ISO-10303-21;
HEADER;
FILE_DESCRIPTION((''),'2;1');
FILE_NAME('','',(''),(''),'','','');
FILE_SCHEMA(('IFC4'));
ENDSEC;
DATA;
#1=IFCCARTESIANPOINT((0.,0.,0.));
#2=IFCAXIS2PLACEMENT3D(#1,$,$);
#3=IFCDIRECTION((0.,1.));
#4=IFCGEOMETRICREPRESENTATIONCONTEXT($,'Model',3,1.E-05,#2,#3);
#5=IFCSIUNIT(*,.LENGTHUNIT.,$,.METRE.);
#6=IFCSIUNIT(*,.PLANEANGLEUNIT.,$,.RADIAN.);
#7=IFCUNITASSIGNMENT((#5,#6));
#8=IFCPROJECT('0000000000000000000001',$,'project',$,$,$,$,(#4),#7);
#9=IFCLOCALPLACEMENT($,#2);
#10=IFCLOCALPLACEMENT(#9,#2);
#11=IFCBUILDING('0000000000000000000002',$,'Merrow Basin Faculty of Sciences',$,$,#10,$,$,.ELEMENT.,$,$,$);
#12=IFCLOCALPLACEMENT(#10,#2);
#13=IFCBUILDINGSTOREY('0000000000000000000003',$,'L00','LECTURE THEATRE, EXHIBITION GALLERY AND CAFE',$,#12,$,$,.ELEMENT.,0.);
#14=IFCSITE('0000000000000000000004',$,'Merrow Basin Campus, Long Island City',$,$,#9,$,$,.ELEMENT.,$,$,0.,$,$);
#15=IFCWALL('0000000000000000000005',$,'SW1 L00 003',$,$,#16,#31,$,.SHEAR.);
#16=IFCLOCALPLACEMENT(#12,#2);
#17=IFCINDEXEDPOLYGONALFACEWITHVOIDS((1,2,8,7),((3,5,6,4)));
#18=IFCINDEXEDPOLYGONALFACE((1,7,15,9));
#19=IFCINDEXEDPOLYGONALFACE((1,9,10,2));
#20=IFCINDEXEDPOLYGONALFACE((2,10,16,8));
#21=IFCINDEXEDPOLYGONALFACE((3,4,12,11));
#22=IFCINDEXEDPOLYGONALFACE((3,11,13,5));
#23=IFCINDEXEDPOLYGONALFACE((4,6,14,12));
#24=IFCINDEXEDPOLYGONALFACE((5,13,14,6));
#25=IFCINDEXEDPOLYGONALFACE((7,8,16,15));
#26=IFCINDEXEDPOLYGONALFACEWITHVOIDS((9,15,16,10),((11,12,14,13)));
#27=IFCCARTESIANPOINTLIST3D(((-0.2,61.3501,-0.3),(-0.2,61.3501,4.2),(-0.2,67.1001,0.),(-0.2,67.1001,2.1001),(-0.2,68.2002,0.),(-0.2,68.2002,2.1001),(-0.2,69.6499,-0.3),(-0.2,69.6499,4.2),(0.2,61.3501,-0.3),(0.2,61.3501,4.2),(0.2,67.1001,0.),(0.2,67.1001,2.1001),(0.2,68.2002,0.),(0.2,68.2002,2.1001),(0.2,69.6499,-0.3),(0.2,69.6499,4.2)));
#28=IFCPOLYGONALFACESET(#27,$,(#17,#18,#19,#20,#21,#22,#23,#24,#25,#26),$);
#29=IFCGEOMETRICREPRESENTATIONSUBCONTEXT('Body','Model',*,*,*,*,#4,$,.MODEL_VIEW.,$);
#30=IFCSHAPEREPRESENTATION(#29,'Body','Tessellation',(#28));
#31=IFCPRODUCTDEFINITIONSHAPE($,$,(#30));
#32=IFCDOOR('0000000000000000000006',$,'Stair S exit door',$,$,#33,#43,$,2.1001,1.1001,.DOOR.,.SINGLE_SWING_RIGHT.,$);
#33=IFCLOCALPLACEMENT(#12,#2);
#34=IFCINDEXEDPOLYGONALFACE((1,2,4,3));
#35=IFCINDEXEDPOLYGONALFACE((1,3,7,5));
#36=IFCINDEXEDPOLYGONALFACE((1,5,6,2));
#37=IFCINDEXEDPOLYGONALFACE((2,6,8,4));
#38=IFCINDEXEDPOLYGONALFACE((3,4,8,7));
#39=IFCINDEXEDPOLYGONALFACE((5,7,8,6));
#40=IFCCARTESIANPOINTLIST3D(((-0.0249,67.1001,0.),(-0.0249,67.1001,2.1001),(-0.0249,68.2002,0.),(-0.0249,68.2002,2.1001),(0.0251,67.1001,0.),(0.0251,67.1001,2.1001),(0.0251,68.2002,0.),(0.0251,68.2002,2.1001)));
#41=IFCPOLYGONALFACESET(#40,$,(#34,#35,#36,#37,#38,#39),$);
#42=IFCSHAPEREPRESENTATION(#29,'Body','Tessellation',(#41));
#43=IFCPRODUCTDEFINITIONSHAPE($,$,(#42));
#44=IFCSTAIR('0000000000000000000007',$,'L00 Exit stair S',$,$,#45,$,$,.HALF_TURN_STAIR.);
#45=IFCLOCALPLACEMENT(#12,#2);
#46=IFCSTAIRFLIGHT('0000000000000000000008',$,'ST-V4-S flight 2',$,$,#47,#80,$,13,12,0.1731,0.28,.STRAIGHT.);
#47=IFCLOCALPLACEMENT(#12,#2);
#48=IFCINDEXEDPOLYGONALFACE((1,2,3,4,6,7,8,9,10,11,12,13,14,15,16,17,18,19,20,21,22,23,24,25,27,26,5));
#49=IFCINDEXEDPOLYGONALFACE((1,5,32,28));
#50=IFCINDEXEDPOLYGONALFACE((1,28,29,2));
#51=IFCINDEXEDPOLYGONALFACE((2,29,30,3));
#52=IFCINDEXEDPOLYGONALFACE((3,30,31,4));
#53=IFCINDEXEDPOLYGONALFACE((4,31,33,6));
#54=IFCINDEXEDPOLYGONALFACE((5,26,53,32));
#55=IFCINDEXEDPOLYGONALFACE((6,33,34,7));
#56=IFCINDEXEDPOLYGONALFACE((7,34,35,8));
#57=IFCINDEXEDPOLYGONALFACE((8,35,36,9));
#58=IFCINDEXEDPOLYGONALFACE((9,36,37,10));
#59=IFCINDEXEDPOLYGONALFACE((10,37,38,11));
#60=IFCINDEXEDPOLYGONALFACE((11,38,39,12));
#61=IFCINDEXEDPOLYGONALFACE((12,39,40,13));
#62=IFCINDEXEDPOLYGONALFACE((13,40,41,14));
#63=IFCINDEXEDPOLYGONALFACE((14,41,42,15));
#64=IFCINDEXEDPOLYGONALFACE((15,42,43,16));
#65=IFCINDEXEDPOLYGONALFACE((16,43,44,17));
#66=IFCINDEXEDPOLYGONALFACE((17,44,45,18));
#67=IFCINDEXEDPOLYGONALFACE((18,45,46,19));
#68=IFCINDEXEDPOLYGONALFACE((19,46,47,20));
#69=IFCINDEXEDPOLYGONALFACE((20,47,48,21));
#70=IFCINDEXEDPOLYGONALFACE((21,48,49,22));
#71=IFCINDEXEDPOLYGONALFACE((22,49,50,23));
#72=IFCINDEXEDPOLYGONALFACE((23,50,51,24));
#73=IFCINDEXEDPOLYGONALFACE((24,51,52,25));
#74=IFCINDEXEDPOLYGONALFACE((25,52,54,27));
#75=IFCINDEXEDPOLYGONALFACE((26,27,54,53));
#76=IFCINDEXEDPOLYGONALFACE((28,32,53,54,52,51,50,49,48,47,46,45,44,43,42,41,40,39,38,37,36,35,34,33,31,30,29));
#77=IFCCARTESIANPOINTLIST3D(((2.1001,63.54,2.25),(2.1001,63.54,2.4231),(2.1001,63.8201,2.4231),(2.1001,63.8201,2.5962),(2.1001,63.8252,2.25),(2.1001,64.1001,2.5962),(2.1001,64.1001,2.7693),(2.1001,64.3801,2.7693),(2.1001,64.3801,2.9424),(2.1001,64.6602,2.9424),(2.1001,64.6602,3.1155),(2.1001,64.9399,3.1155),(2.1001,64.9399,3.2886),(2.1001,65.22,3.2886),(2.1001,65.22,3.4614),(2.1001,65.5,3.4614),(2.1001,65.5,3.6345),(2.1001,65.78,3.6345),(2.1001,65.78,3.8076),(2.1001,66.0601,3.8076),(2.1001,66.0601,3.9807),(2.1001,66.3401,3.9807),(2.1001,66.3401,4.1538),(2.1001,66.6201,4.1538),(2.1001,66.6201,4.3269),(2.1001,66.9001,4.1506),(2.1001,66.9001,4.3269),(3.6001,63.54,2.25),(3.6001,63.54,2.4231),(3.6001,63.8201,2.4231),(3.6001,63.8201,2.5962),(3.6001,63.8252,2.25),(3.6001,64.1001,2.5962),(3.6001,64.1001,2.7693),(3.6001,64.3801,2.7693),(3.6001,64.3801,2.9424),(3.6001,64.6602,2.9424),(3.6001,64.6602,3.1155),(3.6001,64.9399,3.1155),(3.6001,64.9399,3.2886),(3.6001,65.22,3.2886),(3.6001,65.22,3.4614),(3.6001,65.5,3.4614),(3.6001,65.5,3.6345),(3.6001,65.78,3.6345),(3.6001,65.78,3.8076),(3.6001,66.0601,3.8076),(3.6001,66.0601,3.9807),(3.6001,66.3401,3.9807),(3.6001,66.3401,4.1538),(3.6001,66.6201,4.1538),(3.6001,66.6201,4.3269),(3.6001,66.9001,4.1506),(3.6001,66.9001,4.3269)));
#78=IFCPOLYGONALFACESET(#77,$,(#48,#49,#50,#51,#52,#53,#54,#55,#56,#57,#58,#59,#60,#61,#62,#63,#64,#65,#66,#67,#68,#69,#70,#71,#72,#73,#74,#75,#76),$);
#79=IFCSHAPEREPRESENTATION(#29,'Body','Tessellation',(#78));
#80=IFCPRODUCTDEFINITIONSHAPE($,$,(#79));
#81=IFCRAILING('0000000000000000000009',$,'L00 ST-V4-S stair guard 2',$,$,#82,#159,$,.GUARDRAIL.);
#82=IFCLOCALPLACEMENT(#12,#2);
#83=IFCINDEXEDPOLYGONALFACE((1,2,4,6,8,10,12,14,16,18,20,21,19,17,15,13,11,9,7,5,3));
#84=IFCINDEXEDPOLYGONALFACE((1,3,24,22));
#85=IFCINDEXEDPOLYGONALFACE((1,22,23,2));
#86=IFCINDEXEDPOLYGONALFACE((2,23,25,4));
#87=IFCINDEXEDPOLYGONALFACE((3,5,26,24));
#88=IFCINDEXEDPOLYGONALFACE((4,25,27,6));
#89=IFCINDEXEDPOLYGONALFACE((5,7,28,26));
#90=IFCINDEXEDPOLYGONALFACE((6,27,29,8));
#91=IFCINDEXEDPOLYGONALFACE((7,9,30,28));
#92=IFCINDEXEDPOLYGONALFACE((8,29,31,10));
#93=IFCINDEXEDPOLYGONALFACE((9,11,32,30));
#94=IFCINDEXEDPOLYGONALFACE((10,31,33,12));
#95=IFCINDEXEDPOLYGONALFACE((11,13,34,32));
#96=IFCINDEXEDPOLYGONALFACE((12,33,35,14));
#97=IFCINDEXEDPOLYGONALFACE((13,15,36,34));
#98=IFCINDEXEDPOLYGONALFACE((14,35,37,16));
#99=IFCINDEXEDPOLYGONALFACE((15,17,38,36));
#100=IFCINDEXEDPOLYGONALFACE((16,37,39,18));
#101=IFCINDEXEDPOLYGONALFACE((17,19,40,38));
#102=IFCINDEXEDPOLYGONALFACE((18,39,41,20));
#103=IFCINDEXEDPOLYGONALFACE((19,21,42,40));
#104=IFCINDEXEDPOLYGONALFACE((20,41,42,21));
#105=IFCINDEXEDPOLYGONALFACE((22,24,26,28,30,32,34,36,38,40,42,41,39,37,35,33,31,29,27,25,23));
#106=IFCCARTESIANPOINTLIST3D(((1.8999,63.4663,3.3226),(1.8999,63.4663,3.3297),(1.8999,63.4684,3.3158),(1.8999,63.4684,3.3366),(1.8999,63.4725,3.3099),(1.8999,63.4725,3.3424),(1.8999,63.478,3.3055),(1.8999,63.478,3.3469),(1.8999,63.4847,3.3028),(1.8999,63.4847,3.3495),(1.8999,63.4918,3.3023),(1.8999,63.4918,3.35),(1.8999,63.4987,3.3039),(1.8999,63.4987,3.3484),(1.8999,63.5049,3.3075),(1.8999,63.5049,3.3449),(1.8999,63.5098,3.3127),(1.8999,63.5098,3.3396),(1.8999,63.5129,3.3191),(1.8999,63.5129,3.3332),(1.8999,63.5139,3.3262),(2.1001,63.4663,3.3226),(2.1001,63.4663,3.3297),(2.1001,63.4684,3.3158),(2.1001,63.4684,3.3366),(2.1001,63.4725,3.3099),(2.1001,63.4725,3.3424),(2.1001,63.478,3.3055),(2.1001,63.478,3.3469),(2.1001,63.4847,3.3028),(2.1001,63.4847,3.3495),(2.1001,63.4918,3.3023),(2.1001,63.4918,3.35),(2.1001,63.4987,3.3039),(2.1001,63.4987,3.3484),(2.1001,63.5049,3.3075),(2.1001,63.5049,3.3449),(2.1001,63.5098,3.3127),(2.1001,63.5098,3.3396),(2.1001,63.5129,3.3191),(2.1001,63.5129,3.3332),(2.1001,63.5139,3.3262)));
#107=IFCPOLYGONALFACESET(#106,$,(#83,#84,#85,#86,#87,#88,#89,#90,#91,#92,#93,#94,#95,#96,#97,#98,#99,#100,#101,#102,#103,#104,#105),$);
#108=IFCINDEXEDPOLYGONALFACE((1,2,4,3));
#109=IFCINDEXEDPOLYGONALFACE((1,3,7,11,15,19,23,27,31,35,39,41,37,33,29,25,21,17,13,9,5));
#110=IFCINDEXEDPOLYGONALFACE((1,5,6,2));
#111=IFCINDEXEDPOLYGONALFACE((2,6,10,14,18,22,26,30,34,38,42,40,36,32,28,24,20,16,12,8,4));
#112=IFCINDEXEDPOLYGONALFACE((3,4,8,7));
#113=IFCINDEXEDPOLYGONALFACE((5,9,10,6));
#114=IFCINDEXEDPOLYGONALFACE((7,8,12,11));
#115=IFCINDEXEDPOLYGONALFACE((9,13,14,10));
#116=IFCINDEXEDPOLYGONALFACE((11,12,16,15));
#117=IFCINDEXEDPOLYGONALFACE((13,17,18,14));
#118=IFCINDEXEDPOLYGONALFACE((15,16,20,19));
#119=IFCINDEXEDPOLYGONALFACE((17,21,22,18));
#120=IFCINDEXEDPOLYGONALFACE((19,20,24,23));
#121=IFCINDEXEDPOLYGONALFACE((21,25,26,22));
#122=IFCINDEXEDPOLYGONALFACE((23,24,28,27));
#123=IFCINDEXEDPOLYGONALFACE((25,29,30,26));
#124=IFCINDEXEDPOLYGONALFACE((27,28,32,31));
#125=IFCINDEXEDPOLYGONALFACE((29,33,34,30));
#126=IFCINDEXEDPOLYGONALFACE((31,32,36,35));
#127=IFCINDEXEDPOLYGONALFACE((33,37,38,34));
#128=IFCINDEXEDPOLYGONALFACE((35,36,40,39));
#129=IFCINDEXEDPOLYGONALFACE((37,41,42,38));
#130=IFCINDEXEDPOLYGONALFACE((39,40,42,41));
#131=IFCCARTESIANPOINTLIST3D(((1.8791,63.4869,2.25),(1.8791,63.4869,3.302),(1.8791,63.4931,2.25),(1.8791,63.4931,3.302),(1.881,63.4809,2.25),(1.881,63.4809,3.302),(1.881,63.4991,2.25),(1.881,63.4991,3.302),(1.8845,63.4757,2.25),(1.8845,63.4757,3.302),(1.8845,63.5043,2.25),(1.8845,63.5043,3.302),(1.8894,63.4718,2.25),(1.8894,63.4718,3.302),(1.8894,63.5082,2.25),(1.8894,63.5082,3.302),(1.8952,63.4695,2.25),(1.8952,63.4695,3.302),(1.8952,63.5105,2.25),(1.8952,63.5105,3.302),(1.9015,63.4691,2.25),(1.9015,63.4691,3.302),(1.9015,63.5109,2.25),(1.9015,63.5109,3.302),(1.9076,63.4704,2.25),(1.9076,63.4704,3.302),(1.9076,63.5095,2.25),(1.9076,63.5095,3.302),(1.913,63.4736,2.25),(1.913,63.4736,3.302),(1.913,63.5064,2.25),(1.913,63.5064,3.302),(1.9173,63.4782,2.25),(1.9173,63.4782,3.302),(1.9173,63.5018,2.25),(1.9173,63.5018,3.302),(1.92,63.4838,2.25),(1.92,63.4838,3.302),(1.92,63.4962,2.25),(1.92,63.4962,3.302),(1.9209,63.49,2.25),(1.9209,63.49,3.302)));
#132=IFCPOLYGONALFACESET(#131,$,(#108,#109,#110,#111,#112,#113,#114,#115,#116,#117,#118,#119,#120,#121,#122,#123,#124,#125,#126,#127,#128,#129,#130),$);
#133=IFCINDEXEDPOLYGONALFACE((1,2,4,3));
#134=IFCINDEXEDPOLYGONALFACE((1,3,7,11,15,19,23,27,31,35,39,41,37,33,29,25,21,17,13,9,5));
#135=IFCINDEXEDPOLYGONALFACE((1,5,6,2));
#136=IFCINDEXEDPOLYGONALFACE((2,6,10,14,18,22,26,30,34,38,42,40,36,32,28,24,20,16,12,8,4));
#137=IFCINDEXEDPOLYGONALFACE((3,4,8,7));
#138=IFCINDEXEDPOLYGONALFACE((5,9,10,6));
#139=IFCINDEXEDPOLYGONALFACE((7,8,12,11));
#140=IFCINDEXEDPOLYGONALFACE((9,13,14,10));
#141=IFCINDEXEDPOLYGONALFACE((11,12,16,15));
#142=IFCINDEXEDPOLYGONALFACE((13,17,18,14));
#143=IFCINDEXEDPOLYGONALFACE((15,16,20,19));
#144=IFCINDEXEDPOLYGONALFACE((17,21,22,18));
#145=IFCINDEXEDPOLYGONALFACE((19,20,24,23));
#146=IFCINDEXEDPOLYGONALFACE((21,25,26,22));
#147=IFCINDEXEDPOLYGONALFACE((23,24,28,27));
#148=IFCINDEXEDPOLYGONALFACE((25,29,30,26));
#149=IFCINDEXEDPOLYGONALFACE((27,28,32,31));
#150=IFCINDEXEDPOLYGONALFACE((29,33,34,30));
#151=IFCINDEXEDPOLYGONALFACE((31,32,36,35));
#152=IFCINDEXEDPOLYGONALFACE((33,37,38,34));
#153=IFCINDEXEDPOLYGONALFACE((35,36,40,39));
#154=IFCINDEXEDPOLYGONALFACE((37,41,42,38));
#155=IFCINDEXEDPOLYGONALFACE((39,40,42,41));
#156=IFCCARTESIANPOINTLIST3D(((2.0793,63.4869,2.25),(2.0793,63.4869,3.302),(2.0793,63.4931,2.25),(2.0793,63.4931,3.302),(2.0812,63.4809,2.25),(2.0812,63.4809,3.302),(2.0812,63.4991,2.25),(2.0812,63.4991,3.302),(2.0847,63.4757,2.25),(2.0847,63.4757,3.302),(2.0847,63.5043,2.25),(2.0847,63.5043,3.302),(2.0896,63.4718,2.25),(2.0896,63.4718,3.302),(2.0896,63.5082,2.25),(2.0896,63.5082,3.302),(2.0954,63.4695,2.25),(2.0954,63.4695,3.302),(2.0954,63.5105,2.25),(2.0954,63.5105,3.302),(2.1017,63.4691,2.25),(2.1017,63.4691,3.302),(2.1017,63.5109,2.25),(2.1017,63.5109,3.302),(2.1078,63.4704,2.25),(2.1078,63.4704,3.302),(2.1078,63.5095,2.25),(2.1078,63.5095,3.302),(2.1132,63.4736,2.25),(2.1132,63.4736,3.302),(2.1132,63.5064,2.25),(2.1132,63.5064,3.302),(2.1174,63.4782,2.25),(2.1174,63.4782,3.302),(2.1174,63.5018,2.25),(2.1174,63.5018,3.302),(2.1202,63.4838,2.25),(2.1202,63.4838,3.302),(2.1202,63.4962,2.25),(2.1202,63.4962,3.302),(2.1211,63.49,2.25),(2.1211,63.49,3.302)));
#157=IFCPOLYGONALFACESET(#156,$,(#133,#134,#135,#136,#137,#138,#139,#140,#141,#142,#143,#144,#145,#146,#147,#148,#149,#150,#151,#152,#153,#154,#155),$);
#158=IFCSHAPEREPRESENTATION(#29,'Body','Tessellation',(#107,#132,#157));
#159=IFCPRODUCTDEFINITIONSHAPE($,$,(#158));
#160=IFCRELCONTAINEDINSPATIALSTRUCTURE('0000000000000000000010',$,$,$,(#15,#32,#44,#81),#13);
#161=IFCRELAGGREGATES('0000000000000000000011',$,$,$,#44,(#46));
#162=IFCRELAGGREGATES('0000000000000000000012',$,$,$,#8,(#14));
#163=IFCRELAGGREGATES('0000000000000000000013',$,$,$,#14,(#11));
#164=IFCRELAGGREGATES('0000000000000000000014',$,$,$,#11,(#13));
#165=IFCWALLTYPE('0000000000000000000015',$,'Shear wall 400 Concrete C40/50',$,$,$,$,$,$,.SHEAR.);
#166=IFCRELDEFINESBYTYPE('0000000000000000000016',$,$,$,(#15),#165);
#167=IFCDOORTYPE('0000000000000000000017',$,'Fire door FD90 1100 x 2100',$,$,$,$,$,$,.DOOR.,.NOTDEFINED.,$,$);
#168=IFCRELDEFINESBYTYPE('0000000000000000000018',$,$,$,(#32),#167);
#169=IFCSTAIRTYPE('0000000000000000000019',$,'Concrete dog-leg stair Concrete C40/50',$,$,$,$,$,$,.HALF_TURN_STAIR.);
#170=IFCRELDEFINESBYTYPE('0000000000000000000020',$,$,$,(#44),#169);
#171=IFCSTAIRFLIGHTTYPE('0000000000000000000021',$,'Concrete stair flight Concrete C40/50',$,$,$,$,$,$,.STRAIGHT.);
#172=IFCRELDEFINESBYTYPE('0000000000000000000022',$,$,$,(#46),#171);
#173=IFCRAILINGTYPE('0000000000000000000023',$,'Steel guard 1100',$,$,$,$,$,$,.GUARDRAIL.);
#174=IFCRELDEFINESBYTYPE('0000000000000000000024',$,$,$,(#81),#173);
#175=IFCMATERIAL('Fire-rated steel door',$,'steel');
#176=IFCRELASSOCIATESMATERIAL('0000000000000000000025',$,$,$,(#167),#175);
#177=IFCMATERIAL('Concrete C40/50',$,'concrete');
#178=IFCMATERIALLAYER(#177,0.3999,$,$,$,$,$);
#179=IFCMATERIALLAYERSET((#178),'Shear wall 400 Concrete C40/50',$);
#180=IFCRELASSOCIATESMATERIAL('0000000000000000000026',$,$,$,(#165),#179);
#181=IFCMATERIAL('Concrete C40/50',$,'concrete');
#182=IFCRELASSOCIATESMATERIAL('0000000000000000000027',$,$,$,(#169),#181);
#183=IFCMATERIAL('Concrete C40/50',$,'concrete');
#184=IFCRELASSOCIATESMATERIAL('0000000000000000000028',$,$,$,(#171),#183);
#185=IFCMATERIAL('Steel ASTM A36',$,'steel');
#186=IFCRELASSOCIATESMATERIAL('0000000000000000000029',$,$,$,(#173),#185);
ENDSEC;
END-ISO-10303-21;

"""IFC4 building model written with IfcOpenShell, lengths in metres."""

from ifc_helpers import new_model, si_unit, direction, frame, frame_2d, origin, origin_2d, place, context, subcontext, project, spatial, polyline, rectangle, circle, outline, extrude, material, layer, layer_set, type_object, element, fill, aggregate, save


model = new_model("IFC4")

# Units and contexts
model_context = context("Model", 3, precision=1e-05, world=origin(), true_north=direction((0.0, 1.0)))
body_context = subcontext(model_context, "Body", "Model", "MODEL_VIEW")
ifc_project = project(units=[si_unit("LENGTHUNIT", "METRE"), si_unit("PLANEANGLEUNIT", "RADIAN")], contexts=[model_context])

# Site, building, storey
site_placement = place(None, origin())
site = spatial("IfcSite", under=ifc_project, at=site_placement, Name="Merrow Basin Campus, Long Island City", CompositionType="ELEMENT", RefElevation=0.0)
building_placement = place(site_placement, origin())
building = spatial("IfcBuilding", under=site, at=building_placement, Name="Merrow Basin Faculty of Sciences", CompositionType="ELEMENT")
storey_placement = place(building_placement, origin())
storey = spatial("IfcBuildingStorey", under=building, at=storey_placement, Name="L00", Description="LECTURE THEATRE, EXHIBITION GALLERY AND CAFE", CompositionType="ELEMENT", Elevation=0.0)

# Shared definitions
ifc_material_1 = material(Name="Fire-rated steel door", Category="steel")
door_type_1 = type_object("IfcDoorType", Name="Fire door FD90 1100 x 2100", OperationType="NOTDEFINED", PredefinedType="DOOR", material=ifc_material_1)

# Shared definitions
ifc_material_2 = material(Name="Concrete C40/50", Category="concrete")
ifc_layer_1 = layer(ifc_material_2, 0.3999)
ifc_layer_set_1 = layer_set([ifc_layer_1], Name="Shear wall 400 Concrete C40/50")
wall_type_1 = type_object("IfcWallType", Name="Shear wall 400 Concrete C40/50", PredefinedType="SHEAR", material=ifc_layer_set_1)

# Wall, opening, door
wall_1_placement = place(storey_placement, frame((0.0, 61.3501, -0.3), z_axis=(0.0, 0.0, 1.0), x_axis=(0.0, 1.0, 0.0)))
wall_1 = element("IfcWall", 1, at=wall_1_placement, inside=storey, type_object=wall_type_1, Name="SW1 L00 003", PredefinedType="SHEAR", context=body_context, shape_type="SweptSolid", body=[
    extrude(rectangle(XDim=8.2998, YDim=0.3999, at=frame_2d((4.1499, 0.0))), origin(), (0.0, 0.0, 1.0), 4.5),
])
opening_1_placement = place(wall_1_placement, frame((5.75, 0.0, 0.3)))
opening_1 = element("IfcOpeningElement", 2, at=opening_1_placement, cuts=wall_1, PredefinedType="OPENING", context=body_context, shape_type="SweptSolid", body=[
    extrude(rectangle(XDim=1.1001, YDim=2.1001, at=frame_2d((0.55, 1.05))), frame((0.0, 0.21, 0.0), z_axis=(0.0, -1.0, 0.0), x_axis=(1.0, 0.0, 0.0)), (0.0, 0.0, 1.0), 0.4199),
])
door_1_placement = place(opening_1_placement, origin())
door_1 = element("IfcDoor", 3, at=door_1_placement, inside=storey, type_object=door_type_1, Name="Stair S exit door", OperationType="SINGLE_SWING_RIGHT", OverallHeight=2.1001, OverallWidth=1.1001, PredefinedType="DOOR", context=body_context, shape_type="SweptSolid", body=[
    extrude(rectangle(XDim=1.1001, YDim=2.1001, at=frame_2d((0.55, 1.05))), frame((0.0, 0.0249, 0.0), z_axis=(0.0, -1.0, 0.0), x_axis=(1.0, 0.0, 0.0)), (0.0, 0.0, 1.0), 0.05),
])
fill(opening_1, door_1)

# Stair, stair flight
ifc_material_3 = material(Name="Concrete C40/50", Category="concrete")
stair_type = type_object("IfcStairType", Name="Concrete dog-leg stair Concrete C40/50", PredefinedType="HALF_TURN_STAIR", material=ifc_material_3)
stair_placement = place(storey_placement, origin())
stair = element("IfcStair", 4, at=stair_placement, inside=storey, type_object=stair_type, Name="L00 Exit stair S", PredefinedType="HALF_TURN_STAIR")
ifc_material_4 = material(Name="Concrete C40/50", Category="concrete")
stair_flight_type = type_object("IfcStairFlightType", Name="Concrete stair flight Concrete C40/50", PredefinedType="STRAIGHT", material=ifc_material_4)
stair_flight_placement = place(storey_placement, frame((2.8501, 63.54, 2.25), z_axis=(0.0, 0.0, 1.0), x_axis=(0.0, 1.0, 0.0)))
stair_flight = element("IfcStairFlight", 5, at=stair_flight_placement, type_object=stair_flight_type, Name="ST-V4-S flight 2", NumberOfRisers=13, NumberOfTreads=12, PredefinedType="STRAIGHT", RiserHeight=0.1731, TreadLength=0.28, context=body_context, shape_type="SweptSolid", body=[
    extrude(outline(polyline([(0.0, 0.0), (0.0, 0.1731), (0.28, 0.1731), (0.28, 0.3462), (0.5601, 0.3462), (0.5601, 0.5193), (0.8401, 0.5193), (0.8401, 0.6924), (1.1201, 0.6924), (1.1201, 0.8655), (1.3999, 0.8655), (1.3999, 1.0386), (1.6799, 1.0386), (1.6799, 1.2114), (1.96, 1.2114), (1.96, 1.3845), (2.24, 1.3845), (2.24, 1.5576), (2.52, 1.5576), (2.52, 1.7307), (2.8, 1.7307), (2.8, 1.9038), (3.0801, 1.9038), (3.0801, 2.0769), (3.3601, 2.0769), (3.3601, 2.25), (3.3601, 1.9006), (0.2852, 0.0), (0.0, 0.0)])), frame((0.0, 0.75, 0.0), z_axis=(0.0, -1.0, 0.0), x_axis=(1.0, 0.0, 0.0)), (0.0, 0.0, 1.0), 1.5),
])
aggregate(stair, [stair_flight])

# Railing
ifc_material_5 = material(Name="Steel ASTM A36", Category="steel")
railing_type_1 = type_object("IfcRailingType", Name="Steel guard 1100", PredefinedType="GUARDRAIL", material=ifc_material_5)
railing_1_placement = place(storey_placement, frame((1.8999, 63.49, 2.25)))
element("IfcRailing", 6, at=railing_1_placement, inside=storey, type_object=railing_type_1, Name="L00 ST-V4-S stair guard 2", PredefinedType="GUARDRAIL", context=body_context, shape_type="SweptSolid", body=[
    extrude(circle(Radius=0.0239, at=origin_2d()), frame((0.0, 0.0, 1.0762), z_axis=(1.0, 0.0, 0.0), x_axis=(0.0, 1.0, 0.0)), (0.0, 0.0, 1.0), 0.2002),
    extrude(circle(Radius=0.021, at=origin_2d()), origin(), (0.0, 0.0, 1.0), 1.052),
    extrude(circle(Radius=0.021, at=origin_2d()), frame((0.2002, 0.0, 0.0)), (0.0, 0.0, 1.0), 1.052),
])

save(model, "model.ifc")
